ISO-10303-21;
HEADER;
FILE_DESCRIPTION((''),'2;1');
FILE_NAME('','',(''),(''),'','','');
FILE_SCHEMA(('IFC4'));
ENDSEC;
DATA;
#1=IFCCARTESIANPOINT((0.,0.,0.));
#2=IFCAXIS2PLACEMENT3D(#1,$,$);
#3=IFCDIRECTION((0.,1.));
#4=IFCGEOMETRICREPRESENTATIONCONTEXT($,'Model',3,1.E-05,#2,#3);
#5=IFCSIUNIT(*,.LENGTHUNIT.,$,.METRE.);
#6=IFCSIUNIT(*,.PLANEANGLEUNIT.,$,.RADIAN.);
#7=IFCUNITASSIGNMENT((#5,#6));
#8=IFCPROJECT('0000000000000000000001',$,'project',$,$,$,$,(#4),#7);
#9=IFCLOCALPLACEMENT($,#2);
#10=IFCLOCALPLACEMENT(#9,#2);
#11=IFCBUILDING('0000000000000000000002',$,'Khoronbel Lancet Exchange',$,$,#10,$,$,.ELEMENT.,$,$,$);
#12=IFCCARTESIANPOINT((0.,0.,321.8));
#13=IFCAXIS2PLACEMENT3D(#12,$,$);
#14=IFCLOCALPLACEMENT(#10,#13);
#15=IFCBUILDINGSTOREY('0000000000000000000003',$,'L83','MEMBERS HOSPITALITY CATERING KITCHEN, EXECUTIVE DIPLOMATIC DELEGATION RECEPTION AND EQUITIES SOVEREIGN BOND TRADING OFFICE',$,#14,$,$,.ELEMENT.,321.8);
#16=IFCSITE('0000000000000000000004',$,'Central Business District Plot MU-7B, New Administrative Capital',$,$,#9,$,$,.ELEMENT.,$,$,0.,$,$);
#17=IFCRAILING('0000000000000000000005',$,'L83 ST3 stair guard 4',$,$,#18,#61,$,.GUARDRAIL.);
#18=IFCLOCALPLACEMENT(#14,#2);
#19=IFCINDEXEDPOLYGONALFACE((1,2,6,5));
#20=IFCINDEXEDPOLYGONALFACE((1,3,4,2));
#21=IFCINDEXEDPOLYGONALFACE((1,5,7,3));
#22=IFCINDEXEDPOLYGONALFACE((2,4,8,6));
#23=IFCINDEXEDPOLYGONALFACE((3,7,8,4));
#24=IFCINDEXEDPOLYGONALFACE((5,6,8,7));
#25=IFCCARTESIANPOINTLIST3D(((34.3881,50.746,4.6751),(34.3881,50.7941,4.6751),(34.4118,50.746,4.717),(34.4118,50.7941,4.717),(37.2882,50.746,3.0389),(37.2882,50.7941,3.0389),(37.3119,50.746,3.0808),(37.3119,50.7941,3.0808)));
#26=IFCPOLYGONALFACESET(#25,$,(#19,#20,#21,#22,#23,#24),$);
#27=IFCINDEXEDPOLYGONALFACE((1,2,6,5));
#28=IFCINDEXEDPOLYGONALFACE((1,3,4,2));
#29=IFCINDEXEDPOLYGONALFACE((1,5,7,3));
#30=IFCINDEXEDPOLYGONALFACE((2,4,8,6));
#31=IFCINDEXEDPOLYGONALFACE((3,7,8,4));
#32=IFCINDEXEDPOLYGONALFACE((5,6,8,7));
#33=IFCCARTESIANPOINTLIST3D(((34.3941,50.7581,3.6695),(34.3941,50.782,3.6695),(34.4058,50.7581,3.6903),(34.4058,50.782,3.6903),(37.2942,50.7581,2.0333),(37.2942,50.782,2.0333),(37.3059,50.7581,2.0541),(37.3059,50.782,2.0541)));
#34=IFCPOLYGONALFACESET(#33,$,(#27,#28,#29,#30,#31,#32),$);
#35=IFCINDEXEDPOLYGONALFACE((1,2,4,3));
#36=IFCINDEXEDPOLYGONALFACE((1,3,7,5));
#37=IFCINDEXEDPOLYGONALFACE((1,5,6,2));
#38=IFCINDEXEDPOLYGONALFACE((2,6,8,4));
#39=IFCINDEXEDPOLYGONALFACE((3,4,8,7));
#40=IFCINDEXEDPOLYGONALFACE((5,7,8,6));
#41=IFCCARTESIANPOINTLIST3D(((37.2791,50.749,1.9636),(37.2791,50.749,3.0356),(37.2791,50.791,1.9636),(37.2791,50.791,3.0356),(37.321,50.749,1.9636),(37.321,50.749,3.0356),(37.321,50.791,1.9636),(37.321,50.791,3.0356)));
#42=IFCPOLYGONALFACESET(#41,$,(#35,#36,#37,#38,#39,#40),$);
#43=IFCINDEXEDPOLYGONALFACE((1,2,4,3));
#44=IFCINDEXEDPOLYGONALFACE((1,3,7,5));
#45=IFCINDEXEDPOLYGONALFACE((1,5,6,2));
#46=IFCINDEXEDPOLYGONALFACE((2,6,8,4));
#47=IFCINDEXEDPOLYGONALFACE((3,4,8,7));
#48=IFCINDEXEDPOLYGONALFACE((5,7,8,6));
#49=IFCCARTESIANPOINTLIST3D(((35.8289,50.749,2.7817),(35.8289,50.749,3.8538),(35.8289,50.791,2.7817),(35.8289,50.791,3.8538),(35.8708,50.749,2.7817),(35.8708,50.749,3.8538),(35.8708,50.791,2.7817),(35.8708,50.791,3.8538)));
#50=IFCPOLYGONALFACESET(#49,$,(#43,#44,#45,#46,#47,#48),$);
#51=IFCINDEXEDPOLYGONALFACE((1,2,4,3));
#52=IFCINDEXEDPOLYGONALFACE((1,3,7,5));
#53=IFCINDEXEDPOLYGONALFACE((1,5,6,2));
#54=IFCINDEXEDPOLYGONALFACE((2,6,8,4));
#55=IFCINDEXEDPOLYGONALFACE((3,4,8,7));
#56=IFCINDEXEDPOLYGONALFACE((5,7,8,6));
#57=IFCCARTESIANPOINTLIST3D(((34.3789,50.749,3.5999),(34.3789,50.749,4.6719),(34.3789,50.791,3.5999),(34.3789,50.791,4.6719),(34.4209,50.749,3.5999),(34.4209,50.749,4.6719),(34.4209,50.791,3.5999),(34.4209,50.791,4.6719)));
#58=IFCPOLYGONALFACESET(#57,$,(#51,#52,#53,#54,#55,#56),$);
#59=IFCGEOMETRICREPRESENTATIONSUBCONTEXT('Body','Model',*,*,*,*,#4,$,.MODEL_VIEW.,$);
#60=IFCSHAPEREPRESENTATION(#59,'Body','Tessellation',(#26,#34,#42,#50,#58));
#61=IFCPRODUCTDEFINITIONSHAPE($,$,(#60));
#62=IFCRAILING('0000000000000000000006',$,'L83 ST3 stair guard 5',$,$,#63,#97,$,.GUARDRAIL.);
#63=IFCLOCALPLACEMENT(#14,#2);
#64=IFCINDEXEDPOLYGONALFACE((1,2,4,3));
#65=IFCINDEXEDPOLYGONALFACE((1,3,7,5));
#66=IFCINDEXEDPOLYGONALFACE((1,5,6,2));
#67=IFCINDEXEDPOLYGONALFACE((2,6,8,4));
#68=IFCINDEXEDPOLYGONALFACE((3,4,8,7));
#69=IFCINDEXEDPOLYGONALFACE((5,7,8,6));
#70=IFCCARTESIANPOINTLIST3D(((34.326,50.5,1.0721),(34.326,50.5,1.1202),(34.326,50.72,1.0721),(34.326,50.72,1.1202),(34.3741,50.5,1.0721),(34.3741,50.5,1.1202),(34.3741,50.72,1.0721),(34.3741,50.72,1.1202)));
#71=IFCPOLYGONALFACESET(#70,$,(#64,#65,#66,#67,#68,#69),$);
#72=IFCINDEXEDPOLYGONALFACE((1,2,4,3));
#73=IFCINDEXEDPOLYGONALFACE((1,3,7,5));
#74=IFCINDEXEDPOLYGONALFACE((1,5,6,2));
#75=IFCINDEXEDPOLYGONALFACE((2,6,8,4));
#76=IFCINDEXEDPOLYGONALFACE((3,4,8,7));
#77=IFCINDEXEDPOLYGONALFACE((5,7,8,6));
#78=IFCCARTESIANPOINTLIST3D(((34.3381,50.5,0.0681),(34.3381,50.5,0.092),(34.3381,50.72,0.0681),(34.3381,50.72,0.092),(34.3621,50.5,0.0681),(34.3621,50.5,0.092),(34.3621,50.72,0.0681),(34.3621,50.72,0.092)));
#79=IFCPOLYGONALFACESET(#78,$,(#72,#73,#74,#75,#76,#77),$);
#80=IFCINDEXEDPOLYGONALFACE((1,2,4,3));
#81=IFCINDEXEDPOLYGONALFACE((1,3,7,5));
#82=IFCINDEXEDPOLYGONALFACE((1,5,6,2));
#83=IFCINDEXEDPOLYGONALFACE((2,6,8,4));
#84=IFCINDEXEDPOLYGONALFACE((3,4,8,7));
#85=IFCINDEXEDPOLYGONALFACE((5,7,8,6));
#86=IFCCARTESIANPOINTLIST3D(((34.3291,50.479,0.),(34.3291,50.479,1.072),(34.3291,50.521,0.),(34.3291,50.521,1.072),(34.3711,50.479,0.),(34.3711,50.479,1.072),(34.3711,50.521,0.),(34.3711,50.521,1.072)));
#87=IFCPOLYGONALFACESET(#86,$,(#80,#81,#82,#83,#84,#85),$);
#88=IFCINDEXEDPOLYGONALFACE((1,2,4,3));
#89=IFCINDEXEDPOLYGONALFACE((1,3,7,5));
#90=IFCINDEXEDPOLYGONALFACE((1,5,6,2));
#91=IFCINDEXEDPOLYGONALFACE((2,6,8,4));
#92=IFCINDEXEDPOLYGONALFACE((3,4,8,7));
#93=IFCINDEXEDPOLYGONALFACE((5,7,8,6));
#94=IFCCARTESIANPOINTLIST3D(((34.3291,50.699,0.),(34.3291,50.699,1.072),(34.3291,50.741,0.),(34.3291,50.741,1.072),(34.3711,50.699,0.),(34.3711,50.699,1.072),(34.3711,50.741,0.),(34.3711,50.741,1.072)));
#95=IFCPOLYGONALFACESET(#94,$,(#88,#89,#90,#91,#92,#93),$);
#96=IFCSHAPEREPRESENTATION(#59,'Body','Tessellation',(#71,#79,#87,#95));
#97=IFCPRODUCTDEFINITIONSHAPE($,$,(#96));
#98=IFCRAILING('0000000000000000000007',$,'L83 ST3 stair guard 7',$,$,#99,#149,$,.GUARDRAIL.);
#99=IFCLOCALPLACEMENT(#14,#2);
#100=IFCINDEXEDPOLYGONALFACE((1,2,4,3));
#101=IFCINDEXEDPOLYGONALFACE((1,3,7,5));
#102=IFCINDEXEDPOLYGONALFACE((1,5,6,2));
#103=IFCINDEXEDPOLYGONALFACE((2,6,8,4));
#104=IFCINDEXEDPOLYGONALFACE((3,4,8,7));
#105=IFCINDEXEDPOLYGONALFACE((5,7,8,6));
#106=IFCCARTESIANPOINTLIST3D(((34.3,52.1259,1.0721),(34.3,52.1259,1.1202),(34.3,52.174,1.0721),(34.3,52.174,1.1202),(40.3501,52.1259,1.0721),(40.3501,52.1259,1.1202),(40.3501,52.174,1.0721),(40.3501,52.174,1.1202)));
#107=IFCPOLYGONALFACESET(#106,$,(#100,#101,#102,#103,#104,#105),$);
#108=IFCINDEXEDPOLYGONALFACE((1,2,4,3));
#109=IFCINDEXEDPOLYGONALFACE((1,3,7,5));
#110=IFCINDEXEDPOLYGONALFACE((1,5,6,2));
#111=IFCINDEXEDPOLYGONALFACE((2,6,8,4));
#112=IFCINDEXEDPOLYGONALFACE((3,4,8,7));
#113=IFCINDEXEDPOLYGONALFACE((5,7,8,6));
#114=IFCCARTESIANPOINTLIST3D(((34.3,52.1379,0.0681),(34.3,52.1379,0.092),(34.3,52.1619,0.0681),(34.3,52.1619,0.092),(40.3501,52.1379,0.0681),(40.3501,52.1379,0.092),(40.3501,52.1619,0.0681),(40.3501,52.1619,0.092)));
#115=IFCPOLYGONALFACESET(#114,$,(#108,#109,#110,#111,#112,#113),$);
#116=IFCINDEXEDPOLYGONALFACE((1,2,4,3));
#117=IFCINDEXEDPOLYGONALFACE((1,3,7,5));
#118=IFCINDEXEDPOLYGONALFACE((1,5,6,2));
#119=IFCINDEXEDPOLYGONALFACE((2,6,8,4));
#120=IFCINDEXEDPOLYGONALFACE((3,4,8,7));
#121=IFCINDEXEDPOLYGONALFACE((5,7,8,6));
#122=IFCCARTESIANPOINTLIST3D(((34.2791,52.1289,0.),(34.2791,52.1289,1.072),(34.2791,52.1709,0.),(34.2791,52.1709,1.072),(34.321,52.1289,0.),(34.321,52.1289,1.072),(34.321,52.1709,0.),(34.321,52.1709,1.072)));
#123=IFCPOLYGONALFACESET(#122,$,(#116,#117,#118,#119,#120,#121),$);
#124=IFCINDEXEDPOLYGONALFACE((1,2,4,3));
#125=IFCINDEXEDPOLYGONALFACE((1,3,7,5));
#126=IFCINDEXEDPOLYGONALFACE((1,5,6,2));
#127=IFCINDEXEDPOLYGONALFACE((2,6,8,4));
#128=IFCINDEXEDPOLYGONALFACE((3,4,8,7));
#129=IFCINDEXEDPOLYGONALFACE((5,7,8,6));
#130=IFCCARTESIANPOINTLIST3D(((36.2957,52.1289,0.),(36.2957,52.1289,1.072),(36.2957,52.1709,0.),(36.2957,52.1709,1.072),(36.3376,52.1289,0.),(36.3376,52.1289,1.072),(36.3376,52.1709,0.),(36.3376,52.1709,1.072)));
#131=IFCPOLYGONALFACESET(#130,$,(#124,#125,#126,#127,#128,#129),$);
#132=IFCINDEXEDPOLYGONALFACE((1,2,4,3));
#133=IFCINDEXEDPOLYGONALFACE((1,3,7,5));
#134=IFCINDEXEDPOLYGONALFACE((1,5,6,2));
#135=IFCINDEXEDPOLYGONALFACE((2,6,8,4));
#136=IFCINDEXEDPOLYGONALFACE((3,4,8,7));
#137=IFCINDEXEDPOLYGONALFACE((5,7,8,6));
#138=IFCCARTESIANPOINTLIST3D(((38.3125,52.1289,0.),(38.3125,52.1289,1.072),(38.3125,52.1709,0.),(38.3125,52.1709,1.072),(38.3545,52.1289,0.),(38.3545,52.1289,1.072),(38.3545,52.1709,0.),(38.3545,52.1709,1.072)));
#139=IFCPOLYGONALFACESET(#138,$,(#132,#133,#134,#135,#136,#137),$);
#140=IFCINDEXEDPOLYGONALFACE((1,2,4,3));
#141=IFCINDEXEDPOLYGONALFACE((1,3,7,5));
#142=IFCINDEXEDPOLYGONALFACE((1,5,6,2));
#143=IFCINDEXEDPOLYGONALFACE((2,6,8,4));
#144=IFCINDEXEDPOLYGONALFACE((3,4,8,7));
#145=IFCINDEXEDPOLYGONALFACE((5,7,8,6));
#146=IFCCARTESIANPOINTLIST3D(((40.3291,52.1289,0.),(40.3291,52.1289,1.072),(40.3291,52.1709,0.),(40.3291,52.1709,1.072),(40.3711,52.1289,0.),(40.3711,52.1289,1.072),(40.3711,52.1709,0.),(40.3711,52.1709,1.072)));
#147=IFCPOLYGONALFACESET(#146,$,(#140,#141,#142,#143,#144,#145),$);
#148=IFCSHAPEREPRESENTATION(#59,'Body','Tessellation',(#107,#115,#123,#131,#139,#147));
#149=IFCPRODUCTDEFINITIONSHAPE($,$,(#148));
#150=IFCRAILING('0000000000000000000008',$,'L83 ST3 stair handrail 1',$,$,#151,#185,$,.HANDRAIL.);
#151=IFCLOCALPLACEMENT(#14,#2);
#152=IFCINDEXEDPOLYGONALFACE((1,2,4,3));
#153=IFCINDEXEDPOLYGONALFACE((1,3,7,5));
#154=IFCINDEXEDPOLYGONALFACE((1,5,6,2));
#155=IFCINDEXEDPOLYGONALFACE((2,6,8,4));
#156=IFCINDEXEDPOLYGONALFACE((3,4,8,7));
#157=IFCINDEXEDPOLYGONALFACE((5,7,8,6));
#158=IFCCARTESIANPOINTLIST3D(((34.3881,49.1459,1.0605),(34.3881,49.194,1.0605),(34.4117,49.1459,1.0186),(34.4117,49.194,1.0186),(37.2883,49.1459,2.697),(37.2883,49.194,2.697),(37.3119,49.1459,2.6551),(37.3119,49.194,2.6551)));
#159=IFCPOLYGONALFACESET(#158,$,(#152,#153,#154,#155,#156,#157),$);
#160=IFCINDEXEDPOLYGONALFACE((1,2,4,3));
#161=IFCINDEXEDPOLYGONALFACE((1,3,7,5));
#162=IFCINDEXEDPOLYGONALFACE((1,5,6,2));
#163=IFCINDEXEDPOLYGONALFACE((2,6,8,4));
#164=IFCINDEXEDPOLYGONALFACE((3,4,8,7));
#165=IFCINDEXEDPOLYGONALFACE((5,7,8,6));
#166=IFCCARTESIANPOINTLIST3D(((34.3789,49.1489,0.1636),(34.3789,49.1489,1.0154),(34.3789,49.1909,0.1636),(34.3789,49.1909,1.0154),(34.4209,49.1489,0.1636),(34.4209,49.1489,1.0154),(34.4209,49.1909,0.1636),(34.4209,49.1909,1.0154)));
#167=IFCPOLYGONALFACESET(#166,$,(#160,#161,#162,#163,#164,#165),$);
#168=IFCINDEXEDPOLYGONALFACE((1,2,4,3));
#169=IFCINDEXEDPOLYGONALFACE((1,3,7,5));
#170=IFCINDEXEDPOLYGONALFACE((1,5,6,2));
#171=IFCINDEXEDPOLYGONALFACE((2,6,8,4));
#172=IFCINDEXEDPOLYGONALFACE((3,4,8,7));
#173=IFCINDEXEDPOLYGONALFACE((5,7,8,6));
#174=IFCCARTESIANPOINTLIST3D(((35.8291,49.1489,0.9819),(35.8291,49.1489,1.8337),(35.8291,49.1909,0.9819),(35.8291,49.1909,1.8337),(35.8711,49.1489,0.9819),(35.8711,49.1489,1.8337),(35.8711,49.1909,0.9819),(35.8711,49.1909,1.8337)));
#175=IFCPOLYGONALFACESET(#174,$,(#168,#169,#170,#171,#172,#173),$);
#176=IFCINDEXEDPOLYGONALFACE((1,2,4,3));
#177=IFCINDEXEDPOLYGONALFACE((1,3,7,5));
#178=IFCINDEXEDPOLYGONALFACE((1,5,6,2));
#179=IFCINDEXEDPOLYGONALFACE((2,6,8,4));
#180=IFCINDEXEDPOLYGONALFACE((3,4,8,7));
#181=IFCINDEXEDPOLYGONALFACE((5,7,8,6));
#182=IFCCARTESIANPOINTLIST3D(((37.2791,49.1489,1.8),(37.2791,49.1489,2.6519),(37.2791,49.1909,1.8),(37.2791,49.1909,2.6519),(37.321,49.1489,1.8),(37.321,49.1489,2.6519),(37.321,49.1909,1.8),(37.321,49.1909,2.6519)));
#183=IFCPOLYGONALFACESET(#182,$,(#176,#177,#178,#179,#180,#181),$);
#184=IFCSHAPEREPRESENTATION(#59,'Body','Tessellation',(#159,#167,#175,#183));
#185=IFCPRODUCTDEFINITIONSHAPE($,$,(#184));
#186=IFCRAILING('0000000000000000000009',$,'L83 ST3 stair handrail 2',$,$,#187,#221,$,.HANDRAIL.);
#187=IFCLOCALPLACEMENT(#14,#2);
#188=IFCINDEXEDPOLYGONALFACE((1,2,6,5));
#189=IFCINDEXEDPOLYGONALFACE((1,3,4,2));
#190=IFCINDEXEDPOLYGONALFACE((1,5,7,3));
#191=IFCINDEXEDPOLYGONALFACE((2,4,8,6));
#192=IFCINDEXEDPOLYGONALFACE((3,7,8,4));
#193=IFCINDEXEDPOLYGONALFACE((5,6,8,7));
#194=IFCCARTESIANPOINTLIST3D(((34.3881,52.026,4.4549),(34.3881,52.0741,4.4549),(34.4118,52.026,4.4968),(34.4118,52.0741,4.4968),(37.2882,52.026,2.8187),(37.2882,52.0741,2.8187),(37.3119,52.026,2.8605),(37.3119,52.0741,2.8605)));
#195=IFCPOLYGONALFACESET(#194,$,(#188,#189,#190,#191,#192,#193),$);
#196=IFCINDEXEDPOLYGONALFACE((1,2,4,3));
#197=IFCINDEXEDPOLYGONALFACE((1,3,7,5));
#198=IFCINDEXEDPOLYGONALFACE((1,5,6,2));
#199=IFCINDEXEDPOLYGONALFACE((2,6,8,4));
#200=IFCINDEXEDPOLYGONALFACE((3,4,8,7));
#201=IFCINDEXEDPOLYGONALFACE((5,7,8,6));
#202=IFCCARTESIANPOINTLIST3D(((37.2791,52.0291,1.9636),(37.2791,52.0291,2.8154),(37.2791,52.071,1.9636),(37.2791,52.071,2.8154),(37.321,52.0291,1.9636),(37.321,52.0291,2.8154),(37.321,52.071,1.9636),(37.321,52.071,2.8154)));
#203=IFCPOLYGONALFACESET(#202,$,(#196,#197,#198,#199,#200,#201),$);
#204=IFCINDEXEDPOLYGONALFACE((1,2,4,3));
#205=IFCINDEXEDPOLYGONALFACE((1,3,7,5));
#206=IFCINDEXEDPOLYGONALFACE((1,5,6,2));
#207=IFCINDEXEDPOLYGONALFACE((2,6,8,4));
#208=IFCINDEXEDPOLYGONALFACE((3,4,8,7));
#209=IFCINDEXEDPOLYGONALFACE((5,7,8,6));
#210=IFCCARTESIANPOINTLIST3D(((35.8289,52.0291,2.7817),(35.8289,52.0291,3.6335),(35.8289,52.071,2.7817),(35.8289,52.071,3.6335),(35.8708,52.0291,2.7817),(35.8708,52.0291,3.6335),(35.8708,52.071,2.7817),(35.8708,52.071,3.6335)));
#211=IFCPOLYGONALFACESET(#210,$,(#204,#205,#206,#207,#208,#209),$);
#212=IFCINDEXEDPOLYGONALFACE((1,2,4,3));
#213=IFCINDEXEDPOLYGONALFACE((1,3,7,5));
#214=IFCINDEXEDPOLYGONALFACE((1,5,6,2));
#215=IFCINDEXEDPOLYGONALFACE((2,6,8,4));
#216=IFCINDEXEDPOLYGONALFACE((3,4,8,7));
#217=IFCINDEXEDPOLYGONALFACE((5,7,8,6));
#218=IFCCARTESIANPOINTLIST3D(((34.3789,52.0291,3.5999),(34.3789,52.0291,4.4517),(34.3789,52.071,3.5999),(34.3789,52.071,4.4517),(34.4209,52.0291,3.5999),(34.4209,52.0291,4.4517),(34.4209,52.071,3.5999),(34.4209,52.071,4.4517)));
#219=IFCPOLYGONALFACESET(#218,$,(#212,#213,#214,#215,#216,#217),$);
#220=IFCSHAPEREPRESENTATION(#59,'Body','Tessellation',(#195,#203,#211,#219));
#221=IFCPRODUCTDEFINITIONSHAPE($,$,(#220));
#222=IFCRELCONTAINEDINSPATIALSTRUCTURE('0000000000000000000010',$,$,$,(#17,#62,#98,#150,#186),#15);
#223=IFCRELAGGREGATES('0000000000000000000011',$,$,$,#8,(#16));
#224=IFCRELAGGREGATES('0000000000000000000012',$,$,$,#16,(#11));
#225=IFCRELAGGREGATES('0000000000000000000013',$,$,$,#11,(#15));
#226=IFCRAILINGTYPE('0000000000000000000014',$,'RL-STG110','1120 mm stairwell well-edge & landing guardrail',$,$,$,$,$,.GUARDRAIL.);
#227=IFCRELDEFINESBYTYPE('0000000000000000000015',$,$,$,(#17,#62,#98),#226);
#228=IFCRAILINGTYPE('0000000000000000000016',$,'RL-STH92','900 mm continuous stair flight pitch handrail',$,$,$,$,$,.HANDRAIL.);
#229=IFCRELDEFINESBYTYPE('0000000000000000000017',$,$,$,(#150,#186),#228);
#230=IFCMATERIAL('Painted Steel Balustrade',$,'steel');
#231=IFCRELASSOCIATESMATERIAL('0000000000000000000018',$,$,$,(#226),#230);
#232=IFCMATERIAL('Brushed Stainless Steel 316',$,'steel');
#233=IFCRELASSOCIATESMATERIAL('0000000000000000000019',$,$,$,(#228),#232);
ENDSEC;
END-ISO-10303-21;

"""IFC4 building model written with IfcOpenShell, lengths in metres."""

from ifc_helpers import new_model, si_unit, direction, frame, origin, origin_2d, place, context, subcontext, project, spatial, rectangle, extrude, material, type_object, element, save


model = new_model("IFC4")

# Units and contexts
model_context = context("Model", 3, precision=1e-05, world=origin(), true_north=direction((0.0, 1.0)))
body_context = subcontext(model_context, "Body", "Model", "MODEL_VIEW")
ifc_project = project(units=[si_unit("LENGTHUNIT", "METRE"), si_unit("PLANEANGLEUNIT", "RADIAN")], contexts=[model_context])

# Site, building, storey
site_placement = place(None, origin())
site = spatial("IfcSite", under=ifc_project, at=site_placement, Name="Central Business District Plot MU-7B, New Administrative Capital", CompositionType="ELEMENT", RefElevation=0.0)
building_placement = place(site_placement, origin())
building = spatial("IfcBuilding", under=site, at=building_placement, Name="Khoronbel Lancet Exchange", CompositionType="ELEMENT")
storey_placement = place(building_placement, frame((0.0, 0.0, 321.8)))
storey = spatial("IfcBuildingStorey", under=building, at=storey_placement, Name="L83", Description="MEMBERS HOSPITALITY CATERING KITCHEN, EXECUTIVE DIPLOMATIC DELEGATION RECEPTION AND EQUITIES SOVEREIGN BOND TRADING OFFICE", CompositionType="ELEMENT", Elevation=321.8)

# Railings
ifc_material_1 = material(Name="Painted Steel Balustrade", Category="steel")
railing_type_1 = type_object("IfcRailingType", Name="RL-STG110", Description="1120 mm stairwell well-edge & landing guardrail", PredefinedType="GUARDRAIL", material=ifc_material_1)
railing_1_placement = place(storey_placement, frame((37.3, 50.77, 1.9636)))
element("IfcRailing", 1, at=railing_1_placement, inside=storey, type_object=railing_type_1, Name="L83 ST3 stair guard 4", PredefinedType="GUARDRAIL", context=body_context, shape_type="SweptSolid", body=[
    extrude(rectangle(XDim=0.0481, YDim=0.0481, at=origin_2d()), frame((0.0, 0.0, 1.0962), z_axis=(-0.870946, 0.0, 0.491378), x_axis=(0.0, -1.0, 0.0)), (0.0, 0.0, 1.0), 3.3298),
    extrude(rectangle(XDim=0.0239, YDim=0.0239, at=origin_2d()), frame((0.0, 0.0, 0.0801), z_axis=(-0.870946, 0.0, 0.491378), x_axis=(0.0, -1.0, 0.0)), (0.0, 0.0, 1.0), 3.3298),
    extrude(rectangle(XDim=0.042, YDim=0.042, at=origin_2d()), origin(), (0.0, 0.0, 1.0), 1.072),
    extrude(rectangle(XDim=0.042, YDim=0.042, at=origin_2d()), frame((-1.4502, 0.0, 0.8181)), (0.0, 0.0, 1.0), 1.072),
    extrude(rectangle(XDim=0.042, YDim=0.042, at=origin_2d()), frame((-2.9001, 0.0, 1.6362)), (0.0, 0.0, 1.0), 1.072),
])
railing_2_placement = place(storey_placement, frame((34.3501, 50.5, 0.0)))
element("IfcRailing", 2, at=railing_2_placement, inside=storey, type_object=railing_type_1, Name="L83 ST3 stair guard 5", PredefinedType="GUARDRAIL", context=body_context, shape_type="SweptSolid", body=[
    extrude(rectangle(XDim=0.0481, YDim=0.0481, at=origin_2d()), frame((0.0, 0.0, 1.0962), z_axis=(0.0, 1.0, 0.0), x_axis=(-1.0, 0.0, 0.0)), (0.0, 0.0, 1.0), 0.22),
    extrude(rectangle(XDim=0.0239, YDim=0.0239, at=origin_2d()), frame((0.0, 0.0, 0.0801), z_axis=(0.0, 1.0, 0.0), x_axis=(-1.0, 0.0, 0.0)), (0.0, 0.0, 1.0), 0.22),
    extrude(rectangle(XDim=0.042, YDim=0.042, at=origin_2d()), origin(), (0.0, 0.0, 1.0), 1.072),
    extrude(rectangle(XDim=0.042, YDim=0.042, at=origin_2d()), frame((0.0, 0.22, 0.0)), (0.0, 0.0, 1.0), 1.072),
])
railing_3_placement = place(storey_placement, frame((34.3, 52.1499, 0.0)))
element("IfcRailing", 3, at=railing_3_placement, inside=storey, type_object=railing_type_1, Name="L83 ST3 stair guard 7", PredefinedType="GUARDRAIL", context=body_context, shape_type="SweptSolid", body=[
    extrude(rectangle(XDim=0.0481, YDim=0.0481, at=origin_2d()), frame((0.0, 0.0, 1.0962), z_axis=(1.0, 0.0, 0.0), x_axis=(0.0, 1.0, 0.0)), (0.0, 0.0, 1.0), 6.05),
    extrude(rectangle(XDim=0.0239, YDim=0.0239, at=origin_2d()), frame((0.0, 0.0, 0.0801), z_axis=(1.0, 0.0, 0.0), x_axis=(0.0, 1.0, 0.0)), (0.0, 0.0, 1.0), 6.05),
    extrude(rectangle(XDim=0.042, YDim=0.042, at=origin_2d()), origin(), (0.0, 0.0, 1.0), 1.072),
    extrude(rectangle(XDim=0.042, YDim=0.042, at=origin_2d()), frame((2.0166, 0.0, 0.0)), (0.0, 0.0, 1.0), 1.072),
    extrude(rectangle(XDim=0.042, YDim=0.042, at=origin_2d()), frame((4.0334, 0.0, 0.0)), (0.0, 0.0, 1.0), 1.072),
    extrude(rectangle(XDim=0.042, YDim=0.042, at=origin_2d()), frame((6.05, 0.0, 0.0)), (0.0, 0.0, 1.0), 1.072),
])
ifc_material_2 = material(Name="Brushed Stainless Steel 316", Category="steel")
railing_type_2 = type_object("IfcRailingType", Name="RL-STH92", Description="900 mm continuous stair flight pitch handrail", PredefinedType="HANDRAIL", material=ifc_material_2)
railing_4_placement = place(storey_placement, frame((34.3999, 49.1699, 0.1636)))
element("IfcRailing", 4, at=railing_4_placement, inside=storey, type_object=railing_type_2, Name="L83 ST3 stair handrail 1", PredefinedType="HANDRAIL", context=body_context, shape_type="SweptSolid", body=[
    extrude(rectangle(XDim=0.0481, YDim=0.0481, at=origin_2d()), frame((0.0, 0.0, 0.876), z_axis=(0.870915, 0.0, 0.491434), x_axis=(0.0, 1.0, 0.0)), (0.0, 0.0, 1.0), 3.3301),
    extrude(rectangle(XDim=0.042, YDim=0.042, at=origin_2d()), origin(), (0.0, 0.0, 1.0), 0.8518),
    extrude(rectangle(XDim=0.042, YDim=0.042, at=origin_2d()), frame((1.4502, 0.0, 0.8184)), (0.0, 0.0, 1.0), 0.8518),
    extrude(rectangle(XDim=0.042, YDim=0.042, at=origin_2d()), frame((2.9001, 0.0, 1.6365)), (0.0, 0.0, 1.0), 0.8518),
])
railing_5_placement = place(storey_placement, frame((37.3, 52.05, 1.9636)))
element("IfcRailing", 5, at=railing_5_placement, inside=storey, type_object=railing_type_2, Name="L83 ST3 stair handrail 2", PredefinedType="HANDRAIL", context=body_context, shape_type="SweptSolid", body=[
    extrude(rectangle(XDim=0.0481, YDim=0.0481, at=origin_2d()), frame((0.0, 0.0, 0.876), z_axis=(-0.870946, 0.0, 0.491378), x_axis=(0.0, -1.0, 0.0)), (0.0, 0.0, 1.0), 3.3298),
    extrude(rectangle(XDim=0.042, YDim=0.042, at=origin_2d()), origin(), (0.0, 0.0, 1.0), 0.8518),
    extrude(rectangle(XDim=0.042, YDim=0.042, at=origin_2d()), frame((-1.4502, 0.0, 0.8181)), (0.0, 0.0, 1.0), 0.8518),
    extrude(rectangle(XDim=0.042, YDim=0.042, at=origin_2d()), frame((-2.9001, 0.0, 1.6362)), (0.0, 0.0, 1.0), 0.8518),
])

save(model, "model.ifc")
